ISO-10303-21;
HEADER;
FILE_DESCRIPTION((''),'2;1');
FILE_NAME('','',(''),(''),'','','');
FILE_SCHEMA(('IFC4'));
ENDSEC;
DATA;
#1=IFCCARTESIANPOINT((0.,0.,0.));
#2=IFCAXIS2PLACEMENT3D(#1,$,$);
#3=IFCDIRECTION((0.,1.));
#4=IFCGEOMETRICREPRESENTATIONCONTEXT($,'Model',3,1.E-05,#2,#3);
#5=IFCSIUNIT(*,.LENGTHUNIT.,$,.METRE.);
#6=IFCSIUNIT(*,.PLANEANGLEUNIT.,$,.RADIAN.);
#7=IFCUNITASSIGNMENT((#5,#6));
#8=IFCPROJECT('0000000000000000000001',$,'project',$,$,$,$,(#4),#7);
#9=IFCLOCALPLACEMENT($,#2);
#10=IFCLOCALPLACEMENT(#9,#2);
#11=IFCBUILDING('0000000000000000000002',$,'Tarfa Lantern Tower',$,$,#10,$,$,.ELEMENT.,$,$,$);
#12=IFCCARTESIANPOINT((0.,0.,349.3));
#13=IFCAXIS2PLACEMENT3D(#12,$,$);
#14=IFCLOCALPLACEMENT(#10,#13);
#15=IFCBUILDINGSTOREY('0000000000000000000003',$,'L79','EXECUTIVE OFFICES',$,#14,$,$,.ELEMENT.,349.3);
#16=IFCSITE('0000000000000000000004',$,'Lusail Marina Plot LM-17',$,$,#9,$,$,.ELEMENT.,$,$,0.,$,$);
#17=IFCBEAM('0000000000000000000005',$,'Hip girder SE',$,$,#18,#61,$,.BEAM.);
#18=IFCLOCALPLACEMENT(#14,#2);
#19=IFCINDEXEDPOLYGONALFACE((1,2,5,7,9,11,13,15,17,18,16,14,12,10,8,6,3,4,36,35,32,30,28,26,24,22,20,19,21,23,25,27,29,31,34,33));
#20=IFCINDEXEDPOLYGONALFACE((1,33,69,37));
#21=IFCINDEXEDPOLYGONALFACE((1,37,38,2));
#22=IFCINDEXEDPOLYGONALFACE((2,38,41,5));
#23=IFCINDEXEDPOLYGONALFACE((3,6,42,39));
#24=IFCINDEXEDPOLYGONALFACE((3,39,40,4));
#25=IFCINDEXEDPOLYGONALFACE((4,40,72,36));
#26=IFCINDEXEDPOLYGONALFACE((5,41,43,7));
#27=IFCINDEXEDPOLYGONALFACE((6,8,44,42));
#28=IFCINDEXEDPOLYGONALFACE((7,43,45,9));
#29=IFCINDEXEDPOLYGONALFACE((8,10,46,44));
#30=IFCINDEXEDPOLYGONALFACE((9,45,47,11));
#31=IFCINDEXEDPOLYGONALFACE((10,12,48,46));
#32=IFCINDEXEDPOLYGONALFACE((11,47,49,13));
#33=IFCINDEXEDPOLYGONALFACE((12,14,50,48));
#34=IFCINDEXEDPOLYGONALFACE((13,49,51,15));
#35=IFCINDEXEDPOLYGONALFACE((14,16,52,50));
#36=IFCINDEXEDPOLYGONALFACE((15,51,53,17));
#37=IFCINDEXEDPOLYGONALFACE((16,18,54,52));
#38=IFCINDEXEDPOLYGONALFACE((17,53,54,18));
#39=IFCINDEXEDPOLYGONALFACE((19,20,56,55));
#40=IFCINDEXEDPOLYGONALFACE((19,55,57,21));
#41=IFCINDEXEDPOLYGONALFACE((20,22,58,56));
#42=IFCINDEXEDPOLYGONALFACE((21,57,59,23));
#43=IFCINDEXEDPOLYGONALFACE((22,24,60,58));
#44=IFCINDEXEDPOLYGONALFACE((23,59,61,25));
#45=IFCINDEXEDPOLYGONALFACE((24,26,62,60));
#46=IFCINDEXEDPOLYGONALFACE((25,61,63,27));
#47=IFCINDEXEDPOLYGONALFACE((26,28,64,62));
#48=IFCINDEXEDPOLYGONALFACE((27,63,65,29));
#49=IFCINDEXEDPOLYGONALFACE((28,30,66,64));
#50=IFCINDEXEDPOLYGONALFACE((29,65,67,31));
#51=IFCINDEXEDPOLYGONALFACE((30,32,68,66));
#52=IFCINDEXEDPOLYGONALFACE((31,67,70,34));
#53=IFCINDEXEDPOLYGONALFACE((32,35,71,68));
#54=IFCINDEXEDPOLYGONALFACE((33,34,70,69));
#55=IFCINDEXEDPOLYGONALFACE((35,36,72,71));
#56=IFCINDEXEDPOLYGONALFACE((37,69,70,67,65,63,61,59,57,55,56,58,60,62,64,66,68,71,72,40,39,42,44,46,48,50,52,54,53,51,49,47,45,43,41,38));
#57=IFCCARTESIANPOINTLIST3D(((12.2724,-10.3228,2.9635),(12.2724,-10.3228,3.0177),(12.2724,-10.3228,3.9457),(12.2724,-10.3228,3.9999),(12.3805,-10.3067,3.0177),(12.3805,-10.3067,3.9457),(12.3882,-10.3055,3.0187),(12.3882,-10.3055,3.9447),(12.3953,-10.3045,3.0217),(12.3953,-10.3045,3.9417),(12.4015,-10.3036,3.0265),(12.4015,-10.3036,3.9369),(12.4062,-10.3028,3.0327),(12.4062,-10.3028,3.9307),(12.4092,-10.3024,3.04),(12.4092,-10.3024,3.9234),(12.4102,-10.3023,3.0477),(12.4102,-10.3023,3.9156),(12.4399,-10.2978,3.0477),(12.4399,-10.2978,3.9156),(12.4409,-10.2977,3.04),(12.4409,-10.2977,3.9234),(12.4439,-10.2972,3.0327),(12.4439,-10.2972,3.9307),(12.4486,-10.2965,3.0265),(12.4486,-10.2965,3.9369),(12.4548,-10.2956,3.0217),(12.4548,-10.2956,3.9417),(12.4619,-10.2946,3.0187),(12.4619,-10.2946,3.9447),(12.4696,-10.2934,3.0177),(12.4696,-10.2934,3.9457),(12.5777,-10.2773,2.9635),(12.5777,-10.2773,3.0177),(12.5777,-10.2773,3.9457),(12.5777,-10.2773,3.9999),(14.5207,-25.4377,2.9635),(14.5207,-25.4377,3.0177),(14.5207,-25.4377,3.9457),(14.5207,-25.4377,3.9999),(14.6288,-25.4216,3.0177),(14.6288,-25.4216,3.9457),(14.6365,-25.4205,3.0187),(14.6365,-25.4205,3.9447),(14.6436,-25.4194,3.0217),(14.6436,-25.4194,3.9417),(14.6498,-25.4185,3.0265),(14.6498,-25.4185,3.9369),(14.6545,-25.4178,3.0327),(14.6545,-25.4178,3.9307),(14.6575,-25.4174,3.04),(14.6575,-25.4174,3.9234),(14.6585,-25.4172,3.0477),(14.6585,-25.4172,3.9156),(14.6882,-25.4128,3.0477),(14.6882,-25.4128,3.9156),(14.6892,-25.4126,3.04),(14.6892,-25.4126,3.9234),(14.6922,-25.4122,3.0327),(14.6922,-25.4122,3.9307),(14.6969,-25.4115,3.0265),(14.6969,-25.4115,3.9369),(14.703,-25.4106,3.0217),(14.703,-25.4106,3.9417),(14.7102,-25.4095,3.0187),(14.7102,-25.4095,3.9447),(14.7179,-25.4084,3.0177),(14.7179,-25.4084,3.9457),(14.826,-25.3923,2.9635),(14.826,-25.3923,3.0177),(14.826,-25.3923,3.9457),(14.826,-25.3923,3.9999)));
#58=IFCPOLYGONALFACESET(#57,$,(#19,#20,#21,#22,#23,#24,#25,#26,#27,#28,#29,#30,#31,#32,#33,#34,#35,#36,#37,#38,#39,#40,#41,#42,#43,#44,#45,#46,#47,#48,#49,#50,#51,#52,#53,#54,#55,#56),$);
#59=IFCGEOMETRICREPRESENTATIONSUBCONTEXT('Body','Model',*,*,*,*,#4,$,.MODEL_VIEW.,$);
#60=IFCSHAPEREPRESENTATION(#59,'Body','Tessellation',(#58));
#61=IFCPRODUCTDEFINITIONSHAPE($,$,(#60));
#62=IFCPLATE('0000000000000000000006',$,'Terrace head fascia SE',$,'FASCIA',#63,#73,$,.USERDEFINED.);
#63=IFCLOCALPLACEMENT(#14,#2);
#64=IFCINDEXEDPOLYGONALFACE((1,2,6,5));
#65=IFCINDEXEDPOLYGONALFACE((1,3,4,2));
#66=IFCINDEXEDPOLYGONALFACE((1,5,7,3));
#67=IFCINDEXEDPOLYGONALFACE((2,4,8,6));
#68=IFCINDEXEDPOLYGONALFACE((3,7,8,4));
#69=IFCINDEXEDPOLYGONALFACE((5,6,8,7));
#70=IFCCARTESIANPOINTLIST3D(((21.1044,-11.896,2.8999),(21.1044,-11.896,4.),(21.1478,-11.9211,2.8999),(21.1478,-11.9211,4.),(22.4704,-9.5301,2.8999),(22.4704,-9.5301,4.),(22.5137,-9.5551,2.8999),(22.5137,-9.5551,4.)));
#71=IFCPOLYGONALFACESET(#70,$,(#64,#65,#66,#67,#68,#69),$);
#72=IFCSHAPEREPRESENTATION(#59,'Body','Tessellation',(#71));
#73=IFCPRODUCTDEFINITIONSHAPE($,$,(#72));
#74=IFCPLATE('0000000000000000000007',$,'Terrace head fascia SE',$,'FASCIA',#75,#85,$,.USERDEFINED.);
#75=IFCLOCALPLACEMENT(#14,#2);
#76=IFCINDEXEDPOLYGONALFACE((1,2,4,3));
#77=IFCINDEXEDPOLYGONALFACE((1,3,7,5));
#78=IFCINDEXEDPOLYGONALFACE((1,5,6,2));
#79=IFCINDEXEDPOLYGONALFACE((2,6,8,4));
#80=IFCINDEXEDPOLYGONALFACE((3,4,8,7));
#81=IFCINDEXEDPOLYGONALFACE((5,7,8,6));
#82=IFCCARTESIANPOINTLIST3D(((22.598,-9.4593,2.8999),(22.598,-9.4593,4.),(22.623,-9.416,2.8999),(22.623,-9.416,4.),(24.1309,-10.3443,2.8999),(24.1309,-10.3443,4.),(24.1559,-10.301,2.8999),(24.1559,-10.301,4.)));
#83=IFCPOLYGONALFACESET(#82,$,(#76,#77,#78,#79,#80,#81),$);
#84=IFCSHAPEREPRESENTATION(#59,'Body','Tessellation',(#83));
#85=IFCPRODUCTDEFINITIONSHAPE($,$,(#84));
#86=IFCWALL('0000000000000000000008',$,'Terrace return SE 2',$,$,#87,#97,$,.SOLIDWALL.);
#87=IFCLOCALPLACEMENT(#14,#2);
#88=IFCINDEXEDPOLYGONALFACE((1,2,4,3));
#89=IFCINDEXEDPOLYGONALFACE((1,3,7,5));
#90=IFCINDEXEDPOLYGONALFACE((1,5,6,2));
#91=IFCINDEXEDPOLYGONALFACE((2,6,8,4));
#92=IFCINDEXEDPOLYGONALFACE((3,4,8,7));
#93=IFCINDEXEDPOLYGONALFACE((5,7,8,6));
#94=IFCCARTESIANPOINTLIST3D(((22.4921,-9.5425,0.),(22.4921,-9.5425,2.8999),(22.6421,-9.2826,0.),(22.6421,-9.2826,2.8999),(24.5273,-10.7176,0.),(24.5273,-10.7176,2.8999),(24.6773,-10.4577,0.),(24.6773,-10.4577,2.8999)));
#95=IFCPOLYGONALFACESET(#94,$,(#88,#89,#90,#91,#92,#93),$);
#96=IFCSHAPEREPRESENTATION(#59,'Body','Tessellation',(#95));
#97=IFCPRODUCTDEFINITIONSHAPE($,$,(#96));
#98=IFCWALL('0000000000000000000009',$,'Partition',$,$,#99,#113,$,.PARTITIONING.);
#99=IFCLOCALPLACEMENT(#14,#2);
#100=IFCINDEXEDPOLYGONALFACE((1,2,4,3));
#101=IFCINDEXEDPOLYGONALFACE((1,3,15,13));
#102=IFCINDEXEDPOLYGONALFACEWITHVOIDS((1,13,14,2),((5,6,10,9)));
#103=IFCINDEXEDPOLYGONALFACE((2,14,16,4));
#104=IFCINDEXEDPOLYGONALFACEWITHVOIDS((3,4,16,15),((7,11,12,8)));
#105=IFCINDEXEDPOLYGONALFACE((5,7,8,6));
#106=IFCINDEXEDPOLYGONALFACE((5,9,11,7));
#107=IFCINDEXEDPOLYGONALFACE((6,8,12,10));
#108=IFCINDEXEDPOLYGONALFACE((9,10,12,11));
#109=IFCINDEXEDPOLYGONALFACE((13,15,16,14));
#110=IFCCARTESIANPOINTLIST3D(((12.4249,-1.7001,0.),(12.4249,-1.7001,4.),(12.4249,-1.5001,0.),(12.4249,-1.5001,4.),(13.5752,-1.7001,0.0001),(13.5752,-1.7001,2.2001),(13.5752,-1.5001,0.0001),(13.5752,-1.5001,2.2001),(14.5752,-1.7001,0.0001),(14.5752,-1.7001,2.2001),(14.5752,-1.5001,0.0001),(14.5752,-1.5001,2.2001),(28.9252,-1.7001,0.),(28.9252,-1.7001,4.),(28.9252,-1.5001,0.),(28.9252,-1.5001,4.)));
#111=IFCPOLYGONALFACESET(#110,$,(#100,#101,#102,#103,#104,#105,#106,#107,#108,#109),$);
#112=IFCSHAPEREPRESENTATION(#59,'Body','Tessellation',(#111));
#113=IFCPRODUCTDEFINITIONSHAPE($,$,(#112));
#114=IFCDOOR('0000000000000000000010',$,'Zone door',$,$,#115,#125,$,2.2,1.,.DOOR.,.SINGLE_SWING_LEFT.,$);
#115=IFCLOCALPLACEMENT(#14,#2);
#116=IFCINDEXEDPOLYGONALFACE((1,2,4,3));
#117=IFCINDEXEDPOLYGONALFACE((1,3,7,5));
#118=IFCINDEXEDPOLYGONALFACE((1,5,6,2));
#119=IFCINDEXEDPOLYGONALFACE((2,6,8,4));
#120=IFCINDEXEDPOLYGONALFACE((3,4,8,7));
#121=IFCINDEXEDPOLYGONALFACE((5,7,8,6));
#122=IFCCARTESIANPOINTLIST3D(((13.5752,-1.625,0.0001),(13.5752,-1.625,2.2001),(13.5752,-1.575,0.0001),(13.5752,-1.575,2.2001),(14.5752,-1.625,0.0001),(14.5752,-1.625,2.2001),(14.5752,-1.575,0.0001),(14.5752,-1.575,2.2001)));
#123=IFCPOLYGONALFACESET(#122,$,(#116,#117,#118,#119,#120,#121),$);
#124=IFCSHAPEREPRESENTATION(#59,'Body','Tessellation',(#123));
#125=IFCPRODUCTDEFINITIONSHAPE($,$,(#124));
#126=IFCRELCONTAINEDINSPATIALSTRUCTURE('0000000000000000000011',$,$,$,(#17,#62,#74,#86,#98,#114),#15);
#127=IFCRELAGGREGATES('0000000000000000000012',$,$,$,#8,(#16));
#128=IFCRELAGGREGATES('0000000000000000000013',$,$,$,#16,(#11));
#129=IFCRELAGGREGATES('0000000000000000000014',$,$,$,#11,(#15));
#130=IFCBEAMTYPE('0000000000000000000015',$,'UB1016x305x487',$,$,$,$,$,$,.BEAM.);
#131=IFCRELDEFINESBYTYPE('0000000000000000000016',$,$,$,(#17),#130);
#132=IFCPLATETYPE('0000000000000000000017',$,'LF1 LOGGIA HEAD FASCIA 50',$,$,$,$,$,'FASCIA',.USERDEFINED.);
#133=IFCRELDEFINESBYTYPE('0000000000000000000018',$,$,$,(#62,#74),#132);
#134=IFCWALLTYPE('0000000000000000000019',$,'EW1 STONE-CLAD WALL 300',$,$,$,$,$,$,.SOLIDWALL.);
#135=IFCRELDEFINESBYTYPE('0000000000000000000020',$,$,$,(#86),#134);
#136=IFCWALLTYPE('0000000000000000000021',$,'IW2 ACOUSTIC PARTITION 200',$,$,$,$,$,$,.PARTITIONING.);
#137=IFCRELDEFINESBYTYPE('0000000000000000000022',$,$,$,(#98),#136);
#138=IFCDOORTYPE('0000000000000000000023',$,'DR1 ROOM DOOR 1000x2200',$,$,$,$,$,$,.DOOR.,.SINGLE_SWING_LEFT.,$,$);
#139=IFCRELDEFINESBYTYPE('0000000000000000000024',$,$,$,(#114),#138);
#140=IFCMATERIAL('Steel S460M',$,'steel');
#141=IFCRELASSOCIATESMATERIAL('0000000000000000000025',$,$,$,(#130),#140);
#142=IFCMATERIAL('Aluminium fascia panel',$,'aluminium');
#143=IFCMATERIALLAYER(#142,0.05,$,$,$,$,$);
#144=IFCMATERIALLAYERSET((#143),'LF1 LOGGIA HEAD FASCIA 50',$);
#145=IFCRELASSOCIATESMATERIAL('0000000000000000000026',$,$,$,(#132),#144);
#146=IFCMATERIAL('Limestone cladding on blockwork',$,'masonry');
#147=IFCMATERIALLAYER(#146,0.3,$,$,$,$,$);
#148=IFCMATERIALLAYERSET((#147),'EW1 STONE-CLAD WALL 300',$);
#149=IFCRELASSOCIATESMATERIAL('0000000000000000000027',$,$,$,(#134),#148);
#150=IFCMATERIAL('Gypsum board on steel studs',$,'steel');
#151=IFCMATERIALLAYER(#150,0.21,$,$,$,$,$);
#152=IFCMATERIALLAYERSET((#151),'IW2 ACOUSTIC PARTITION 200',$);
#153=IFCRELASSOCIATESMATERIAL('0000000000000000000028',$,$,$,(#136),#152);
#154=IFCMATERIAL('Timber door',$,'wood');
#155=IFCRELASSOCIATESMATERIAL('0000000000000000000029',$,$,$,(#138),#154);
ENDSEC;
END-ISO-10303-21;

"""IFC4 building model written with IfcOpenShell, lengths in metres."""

from ifc_helpers import new_model, si_unit, direction, frame, frame_2d, origin, origin_2d, place, context, subcontext, project, spatial, rectangle, i_section, extrude, material, layer, layer_set, material_profile, profile_set, type_object, element, fill, save


model = new_model("IFC4")

# Units and contexts
model_context = context("Model", 3, precision=1e-05, world=origin(), true_north=direction((0.0, 1.0)))
body_context = subcontext(model_context, "Body", "Model", "MODEL_VIEW")
ifc_project = project(units=[si_unit("LENGTHUNIT", "METRE"), si_unit("PLANEANGLEUNIT", "RADIAN")], contexts=[model_context])

# Site, building, storey
site_placement = place(None, origin())
site = spatial("IfcSite", under=ifc_project, at=site_placement, Name="Lusail Marina Plot LM-17", CompositionType="ELEMENT", RefElevation=0.0)
building_placement = place(site_placement, origin())
building = spatial("IfcBuilding", under=site, at=building_placement, Name="Tarfa Lantern Tower", CompositionType="ELEMENT")
storey_placement = place(building_placement, frame((0.0, 0.0, 349.3)))
storey = spatial("IfcBuildingStorey", under=building, at=storey_placement, Name="L79", Description="EXECUTIVE OFFICES", CompositionType="ELEMENT", Elevation=349.3)

# Beam
ifc_material_1 = material(Name="Steel S460M", Category="steel")
ifc_material_profile = material_profile(ifc_material_1, i_section(OverallWidth=0.3086, OverallDepth=1.0364, WebThickness=0.03, FlangeThickness=0.0542, FilletRadius=0.03, at=origin_2d()), Name="UB1016x305x487")
ifc_profile_set = profile_set([ifc_material_profile], Name="Steel S460M")
beam_type = type_object("IfcBeamType", Name="UB1016x305x487", PredefinedType="BEAM", material=ifc_profile_set)
beam_placement = place(storey_placement, frame((12.425, -10.3, 3.4817), z_axis=(0.147127, -0.989118, 0.0), x_axis=(0.989118, 0.147127, 0.0)))
element("IfcBeam", 1, at=beam_placement, inside=storey, type_object=beam_type, Name="Hip girder SE", PredefinedType="BEAM", context=body_context, shape_type="SweptSolid", body=[
    extrude(i_section(OverallWidth=0.3086, OverallDepth=1.0364, WebThickness=0.03, FlangeThickness=0.0542, FilletRadius=0.03, at=origin_2d()), origin(), (0.0, 0.0, 1.0), 15.2812),
])

# Plates
ifc_material_2 = material(Name="Aluminium fascia panel", Category="aluminium")
ifc_layer_1 = layer(ifc_material_2, 0.05)
ifc_layer_set_1 = layer_set([ifc_layer_1], Name="LF1 LOGGIA HEAD FASCIA 50")
plate_type = type_object("IfcPlateType", Name="LF1 LOGGIA HEAD FASCIA 50", ElementType="FASCIA", PredefinedType="USERDEFINED", material=ifc_layer_set_1)
plate_1_placement = place(storey_placement, frame((21.8091, -10.7256, 2.8999), z_axis=(0.0, 0.0, 1.0), x_axis=(0.5, 0.866025, 0.0)))
element("IfcPlate", 2, at=plate_1_placement, inside=storey, type_object=plate_type, Name="Terrace head fascia SE", ObjectType="FASCIA", PredefinedType="USERDEFINED", context=body_context, shape_type="SweptSolid", body=[
    extrude(rectangle(XDim=2.7319, YDim=0.05, at=origin_2d()), origin(), (0.0, 0.0, 1.0), 1.1001),
])
plate_2_placement = place(storey_placement, frame((23.377, -9.8801, 2.8999), z_axis=(0.0, 0.0, 1.0), x_axis=(-0.866025, 0.5, 0.0)))
element("IfcPlate", 3, at=plate_2_placement, inside=storey, type_object=plate_type, Name="Terrace head fascia SE", ObjectType="FASCIA", PredefinedType="USERDEFINED", context=body_context, shape_type="SweptSolid", body=[
    extrude(rectangle(XDim=1.77, YDim=0.05, at=origin_2d()), origin(), (0.0, 0.0, 1.0), 1.1001),
])

# Wall
ifc_material_3 = material(Name="Limestone cladding on blockwork", Category="masonry")
ifc_layer_2 = layer(ifc_material_3, 0.3)
ifc_layer_set_2 = layer_set([ifc_layer_2], Name="EW1 STONE-CLAD WALL 300")
wall_type_1 = type_object("IfcWallType", Name="EW1 STONE-CLAD WALL 300", PredefinedType="SOLIDWALL", material=ifc_layer_set_2)
wall_1_placement = place(storey_placement, frame((24.6023, -10.5876, 0.0), z_axis=(0.0, 0.0, 1.0), x_axis=(-0.866016, 0.500016, 0.0)))
element("IfcWall", 4, at=wall_1_placement, inside=storey, type_object=wall_type_1, Name="Terrace return SE 2", PredefinedType="SOLIDWALL", context=body_context, shape_type="SweptSolid", body=[
    extrude(rectangle(XDim=2.3501, YDim=0.3, at=frame_2d((1.175, 0.0))), origin(), (0.0, 0.0, 1.0), 2.8999),
])

# Wall, opening, door
ifc_material_4 = material(Name="Gypsum board on steel studs", Category="steel")
ifc_layer_3 = layer(ifc_material_4, 0.21)
ifc_layer_set_3 = layer_set([ifc_layer_3], Name="IW2 ACOUSTIC PARTITION 200")
wall_type_2 = type_object("IfcWallType", Name="IW2 ACOUSTIC PARTITION 200", PredefinedType="PARTITIONING", material=ifc_layer_set_3)
wall_2_placement = place(storey_placement, frame((12.425, -1.6001, 0.0), z_axis=(0.0, 0.0, 1.0), x_axis=(1.0, 0.0, 0.0)))
wall_2 = element("IfcWall", 5, at=wall_2_placement, inside=storey, type_object=wall_type_2, Name="Partition", PredefinedType="PARTITIONING", context=body_context, shape_type="SweptSolid", body=[
    extrude(rectangle(XDim=16.5002, YDim=0.2, at=frame_2d((8.25, 0.0))), origin(), (0.0, 0.0, 1.0), 4.0),
])
opening_1_placement = place(wall_2_placement, frame((1.1501, 0.0, 0.0)))
opening_1 = element("IfcOpeningElement", 6, at=opening_1_placement, cuts=wall_2, PredefinedType="OPENING", context=body_context, shape_type="SweptSolid", body=[
    extrude(rectangle(XDim=1.0, YDim=2.2, at=frame_2d((0.5, 1.1001))), frame((0.0, 0.1099, 0.0), z_axis=(0.0, -1.0, 0.0), x_axis=(1.0, 0.0, 0.0)), (0.0, 0.0, 1.0), 0.22),
])
ifc_material_5 = material(Name="Timber door", Category="wood")
door_type_1 = type_object("IfcDoorType", Name="DR1 ROOM DOOR 1000x2200", OperationType="SINGLE_SWING_LEFT", PredefinedType="DOOR", material=ifc_material_5)
door_1_placement = place(opening_1_placement, frame((1.0, 0.0, 0.0), z_axis=(0.0, 0.0, 1.0), x_axis=(-1.0, 0.0, 0.0)))
door_1 = element("IfcDoor", 7, at=door_1_placement, inside=storey, type_object=door_type_1, Name="Zone door", OperationType="SINGLE_SWING_LEFT", OverallHeight=2.2, OverallWidth=1.0, PredefinedType="DOOR", context=body_context, shape_type="SweptSolid", body=[
    extrude(rectangle(XDim=1.0, YDim=2.2, at=frame_2d((0.5, 1.1001))), frame((0.0, 0.0249, 0.0), z_axis=(0.0, -1.0, 0.0), x_axis=(1.0, 0.0, 0.0)), (0.0, 0.0, 1.0), 0.05),
])
fill(opening_1, door_1)

save(model, "model.ifc")
